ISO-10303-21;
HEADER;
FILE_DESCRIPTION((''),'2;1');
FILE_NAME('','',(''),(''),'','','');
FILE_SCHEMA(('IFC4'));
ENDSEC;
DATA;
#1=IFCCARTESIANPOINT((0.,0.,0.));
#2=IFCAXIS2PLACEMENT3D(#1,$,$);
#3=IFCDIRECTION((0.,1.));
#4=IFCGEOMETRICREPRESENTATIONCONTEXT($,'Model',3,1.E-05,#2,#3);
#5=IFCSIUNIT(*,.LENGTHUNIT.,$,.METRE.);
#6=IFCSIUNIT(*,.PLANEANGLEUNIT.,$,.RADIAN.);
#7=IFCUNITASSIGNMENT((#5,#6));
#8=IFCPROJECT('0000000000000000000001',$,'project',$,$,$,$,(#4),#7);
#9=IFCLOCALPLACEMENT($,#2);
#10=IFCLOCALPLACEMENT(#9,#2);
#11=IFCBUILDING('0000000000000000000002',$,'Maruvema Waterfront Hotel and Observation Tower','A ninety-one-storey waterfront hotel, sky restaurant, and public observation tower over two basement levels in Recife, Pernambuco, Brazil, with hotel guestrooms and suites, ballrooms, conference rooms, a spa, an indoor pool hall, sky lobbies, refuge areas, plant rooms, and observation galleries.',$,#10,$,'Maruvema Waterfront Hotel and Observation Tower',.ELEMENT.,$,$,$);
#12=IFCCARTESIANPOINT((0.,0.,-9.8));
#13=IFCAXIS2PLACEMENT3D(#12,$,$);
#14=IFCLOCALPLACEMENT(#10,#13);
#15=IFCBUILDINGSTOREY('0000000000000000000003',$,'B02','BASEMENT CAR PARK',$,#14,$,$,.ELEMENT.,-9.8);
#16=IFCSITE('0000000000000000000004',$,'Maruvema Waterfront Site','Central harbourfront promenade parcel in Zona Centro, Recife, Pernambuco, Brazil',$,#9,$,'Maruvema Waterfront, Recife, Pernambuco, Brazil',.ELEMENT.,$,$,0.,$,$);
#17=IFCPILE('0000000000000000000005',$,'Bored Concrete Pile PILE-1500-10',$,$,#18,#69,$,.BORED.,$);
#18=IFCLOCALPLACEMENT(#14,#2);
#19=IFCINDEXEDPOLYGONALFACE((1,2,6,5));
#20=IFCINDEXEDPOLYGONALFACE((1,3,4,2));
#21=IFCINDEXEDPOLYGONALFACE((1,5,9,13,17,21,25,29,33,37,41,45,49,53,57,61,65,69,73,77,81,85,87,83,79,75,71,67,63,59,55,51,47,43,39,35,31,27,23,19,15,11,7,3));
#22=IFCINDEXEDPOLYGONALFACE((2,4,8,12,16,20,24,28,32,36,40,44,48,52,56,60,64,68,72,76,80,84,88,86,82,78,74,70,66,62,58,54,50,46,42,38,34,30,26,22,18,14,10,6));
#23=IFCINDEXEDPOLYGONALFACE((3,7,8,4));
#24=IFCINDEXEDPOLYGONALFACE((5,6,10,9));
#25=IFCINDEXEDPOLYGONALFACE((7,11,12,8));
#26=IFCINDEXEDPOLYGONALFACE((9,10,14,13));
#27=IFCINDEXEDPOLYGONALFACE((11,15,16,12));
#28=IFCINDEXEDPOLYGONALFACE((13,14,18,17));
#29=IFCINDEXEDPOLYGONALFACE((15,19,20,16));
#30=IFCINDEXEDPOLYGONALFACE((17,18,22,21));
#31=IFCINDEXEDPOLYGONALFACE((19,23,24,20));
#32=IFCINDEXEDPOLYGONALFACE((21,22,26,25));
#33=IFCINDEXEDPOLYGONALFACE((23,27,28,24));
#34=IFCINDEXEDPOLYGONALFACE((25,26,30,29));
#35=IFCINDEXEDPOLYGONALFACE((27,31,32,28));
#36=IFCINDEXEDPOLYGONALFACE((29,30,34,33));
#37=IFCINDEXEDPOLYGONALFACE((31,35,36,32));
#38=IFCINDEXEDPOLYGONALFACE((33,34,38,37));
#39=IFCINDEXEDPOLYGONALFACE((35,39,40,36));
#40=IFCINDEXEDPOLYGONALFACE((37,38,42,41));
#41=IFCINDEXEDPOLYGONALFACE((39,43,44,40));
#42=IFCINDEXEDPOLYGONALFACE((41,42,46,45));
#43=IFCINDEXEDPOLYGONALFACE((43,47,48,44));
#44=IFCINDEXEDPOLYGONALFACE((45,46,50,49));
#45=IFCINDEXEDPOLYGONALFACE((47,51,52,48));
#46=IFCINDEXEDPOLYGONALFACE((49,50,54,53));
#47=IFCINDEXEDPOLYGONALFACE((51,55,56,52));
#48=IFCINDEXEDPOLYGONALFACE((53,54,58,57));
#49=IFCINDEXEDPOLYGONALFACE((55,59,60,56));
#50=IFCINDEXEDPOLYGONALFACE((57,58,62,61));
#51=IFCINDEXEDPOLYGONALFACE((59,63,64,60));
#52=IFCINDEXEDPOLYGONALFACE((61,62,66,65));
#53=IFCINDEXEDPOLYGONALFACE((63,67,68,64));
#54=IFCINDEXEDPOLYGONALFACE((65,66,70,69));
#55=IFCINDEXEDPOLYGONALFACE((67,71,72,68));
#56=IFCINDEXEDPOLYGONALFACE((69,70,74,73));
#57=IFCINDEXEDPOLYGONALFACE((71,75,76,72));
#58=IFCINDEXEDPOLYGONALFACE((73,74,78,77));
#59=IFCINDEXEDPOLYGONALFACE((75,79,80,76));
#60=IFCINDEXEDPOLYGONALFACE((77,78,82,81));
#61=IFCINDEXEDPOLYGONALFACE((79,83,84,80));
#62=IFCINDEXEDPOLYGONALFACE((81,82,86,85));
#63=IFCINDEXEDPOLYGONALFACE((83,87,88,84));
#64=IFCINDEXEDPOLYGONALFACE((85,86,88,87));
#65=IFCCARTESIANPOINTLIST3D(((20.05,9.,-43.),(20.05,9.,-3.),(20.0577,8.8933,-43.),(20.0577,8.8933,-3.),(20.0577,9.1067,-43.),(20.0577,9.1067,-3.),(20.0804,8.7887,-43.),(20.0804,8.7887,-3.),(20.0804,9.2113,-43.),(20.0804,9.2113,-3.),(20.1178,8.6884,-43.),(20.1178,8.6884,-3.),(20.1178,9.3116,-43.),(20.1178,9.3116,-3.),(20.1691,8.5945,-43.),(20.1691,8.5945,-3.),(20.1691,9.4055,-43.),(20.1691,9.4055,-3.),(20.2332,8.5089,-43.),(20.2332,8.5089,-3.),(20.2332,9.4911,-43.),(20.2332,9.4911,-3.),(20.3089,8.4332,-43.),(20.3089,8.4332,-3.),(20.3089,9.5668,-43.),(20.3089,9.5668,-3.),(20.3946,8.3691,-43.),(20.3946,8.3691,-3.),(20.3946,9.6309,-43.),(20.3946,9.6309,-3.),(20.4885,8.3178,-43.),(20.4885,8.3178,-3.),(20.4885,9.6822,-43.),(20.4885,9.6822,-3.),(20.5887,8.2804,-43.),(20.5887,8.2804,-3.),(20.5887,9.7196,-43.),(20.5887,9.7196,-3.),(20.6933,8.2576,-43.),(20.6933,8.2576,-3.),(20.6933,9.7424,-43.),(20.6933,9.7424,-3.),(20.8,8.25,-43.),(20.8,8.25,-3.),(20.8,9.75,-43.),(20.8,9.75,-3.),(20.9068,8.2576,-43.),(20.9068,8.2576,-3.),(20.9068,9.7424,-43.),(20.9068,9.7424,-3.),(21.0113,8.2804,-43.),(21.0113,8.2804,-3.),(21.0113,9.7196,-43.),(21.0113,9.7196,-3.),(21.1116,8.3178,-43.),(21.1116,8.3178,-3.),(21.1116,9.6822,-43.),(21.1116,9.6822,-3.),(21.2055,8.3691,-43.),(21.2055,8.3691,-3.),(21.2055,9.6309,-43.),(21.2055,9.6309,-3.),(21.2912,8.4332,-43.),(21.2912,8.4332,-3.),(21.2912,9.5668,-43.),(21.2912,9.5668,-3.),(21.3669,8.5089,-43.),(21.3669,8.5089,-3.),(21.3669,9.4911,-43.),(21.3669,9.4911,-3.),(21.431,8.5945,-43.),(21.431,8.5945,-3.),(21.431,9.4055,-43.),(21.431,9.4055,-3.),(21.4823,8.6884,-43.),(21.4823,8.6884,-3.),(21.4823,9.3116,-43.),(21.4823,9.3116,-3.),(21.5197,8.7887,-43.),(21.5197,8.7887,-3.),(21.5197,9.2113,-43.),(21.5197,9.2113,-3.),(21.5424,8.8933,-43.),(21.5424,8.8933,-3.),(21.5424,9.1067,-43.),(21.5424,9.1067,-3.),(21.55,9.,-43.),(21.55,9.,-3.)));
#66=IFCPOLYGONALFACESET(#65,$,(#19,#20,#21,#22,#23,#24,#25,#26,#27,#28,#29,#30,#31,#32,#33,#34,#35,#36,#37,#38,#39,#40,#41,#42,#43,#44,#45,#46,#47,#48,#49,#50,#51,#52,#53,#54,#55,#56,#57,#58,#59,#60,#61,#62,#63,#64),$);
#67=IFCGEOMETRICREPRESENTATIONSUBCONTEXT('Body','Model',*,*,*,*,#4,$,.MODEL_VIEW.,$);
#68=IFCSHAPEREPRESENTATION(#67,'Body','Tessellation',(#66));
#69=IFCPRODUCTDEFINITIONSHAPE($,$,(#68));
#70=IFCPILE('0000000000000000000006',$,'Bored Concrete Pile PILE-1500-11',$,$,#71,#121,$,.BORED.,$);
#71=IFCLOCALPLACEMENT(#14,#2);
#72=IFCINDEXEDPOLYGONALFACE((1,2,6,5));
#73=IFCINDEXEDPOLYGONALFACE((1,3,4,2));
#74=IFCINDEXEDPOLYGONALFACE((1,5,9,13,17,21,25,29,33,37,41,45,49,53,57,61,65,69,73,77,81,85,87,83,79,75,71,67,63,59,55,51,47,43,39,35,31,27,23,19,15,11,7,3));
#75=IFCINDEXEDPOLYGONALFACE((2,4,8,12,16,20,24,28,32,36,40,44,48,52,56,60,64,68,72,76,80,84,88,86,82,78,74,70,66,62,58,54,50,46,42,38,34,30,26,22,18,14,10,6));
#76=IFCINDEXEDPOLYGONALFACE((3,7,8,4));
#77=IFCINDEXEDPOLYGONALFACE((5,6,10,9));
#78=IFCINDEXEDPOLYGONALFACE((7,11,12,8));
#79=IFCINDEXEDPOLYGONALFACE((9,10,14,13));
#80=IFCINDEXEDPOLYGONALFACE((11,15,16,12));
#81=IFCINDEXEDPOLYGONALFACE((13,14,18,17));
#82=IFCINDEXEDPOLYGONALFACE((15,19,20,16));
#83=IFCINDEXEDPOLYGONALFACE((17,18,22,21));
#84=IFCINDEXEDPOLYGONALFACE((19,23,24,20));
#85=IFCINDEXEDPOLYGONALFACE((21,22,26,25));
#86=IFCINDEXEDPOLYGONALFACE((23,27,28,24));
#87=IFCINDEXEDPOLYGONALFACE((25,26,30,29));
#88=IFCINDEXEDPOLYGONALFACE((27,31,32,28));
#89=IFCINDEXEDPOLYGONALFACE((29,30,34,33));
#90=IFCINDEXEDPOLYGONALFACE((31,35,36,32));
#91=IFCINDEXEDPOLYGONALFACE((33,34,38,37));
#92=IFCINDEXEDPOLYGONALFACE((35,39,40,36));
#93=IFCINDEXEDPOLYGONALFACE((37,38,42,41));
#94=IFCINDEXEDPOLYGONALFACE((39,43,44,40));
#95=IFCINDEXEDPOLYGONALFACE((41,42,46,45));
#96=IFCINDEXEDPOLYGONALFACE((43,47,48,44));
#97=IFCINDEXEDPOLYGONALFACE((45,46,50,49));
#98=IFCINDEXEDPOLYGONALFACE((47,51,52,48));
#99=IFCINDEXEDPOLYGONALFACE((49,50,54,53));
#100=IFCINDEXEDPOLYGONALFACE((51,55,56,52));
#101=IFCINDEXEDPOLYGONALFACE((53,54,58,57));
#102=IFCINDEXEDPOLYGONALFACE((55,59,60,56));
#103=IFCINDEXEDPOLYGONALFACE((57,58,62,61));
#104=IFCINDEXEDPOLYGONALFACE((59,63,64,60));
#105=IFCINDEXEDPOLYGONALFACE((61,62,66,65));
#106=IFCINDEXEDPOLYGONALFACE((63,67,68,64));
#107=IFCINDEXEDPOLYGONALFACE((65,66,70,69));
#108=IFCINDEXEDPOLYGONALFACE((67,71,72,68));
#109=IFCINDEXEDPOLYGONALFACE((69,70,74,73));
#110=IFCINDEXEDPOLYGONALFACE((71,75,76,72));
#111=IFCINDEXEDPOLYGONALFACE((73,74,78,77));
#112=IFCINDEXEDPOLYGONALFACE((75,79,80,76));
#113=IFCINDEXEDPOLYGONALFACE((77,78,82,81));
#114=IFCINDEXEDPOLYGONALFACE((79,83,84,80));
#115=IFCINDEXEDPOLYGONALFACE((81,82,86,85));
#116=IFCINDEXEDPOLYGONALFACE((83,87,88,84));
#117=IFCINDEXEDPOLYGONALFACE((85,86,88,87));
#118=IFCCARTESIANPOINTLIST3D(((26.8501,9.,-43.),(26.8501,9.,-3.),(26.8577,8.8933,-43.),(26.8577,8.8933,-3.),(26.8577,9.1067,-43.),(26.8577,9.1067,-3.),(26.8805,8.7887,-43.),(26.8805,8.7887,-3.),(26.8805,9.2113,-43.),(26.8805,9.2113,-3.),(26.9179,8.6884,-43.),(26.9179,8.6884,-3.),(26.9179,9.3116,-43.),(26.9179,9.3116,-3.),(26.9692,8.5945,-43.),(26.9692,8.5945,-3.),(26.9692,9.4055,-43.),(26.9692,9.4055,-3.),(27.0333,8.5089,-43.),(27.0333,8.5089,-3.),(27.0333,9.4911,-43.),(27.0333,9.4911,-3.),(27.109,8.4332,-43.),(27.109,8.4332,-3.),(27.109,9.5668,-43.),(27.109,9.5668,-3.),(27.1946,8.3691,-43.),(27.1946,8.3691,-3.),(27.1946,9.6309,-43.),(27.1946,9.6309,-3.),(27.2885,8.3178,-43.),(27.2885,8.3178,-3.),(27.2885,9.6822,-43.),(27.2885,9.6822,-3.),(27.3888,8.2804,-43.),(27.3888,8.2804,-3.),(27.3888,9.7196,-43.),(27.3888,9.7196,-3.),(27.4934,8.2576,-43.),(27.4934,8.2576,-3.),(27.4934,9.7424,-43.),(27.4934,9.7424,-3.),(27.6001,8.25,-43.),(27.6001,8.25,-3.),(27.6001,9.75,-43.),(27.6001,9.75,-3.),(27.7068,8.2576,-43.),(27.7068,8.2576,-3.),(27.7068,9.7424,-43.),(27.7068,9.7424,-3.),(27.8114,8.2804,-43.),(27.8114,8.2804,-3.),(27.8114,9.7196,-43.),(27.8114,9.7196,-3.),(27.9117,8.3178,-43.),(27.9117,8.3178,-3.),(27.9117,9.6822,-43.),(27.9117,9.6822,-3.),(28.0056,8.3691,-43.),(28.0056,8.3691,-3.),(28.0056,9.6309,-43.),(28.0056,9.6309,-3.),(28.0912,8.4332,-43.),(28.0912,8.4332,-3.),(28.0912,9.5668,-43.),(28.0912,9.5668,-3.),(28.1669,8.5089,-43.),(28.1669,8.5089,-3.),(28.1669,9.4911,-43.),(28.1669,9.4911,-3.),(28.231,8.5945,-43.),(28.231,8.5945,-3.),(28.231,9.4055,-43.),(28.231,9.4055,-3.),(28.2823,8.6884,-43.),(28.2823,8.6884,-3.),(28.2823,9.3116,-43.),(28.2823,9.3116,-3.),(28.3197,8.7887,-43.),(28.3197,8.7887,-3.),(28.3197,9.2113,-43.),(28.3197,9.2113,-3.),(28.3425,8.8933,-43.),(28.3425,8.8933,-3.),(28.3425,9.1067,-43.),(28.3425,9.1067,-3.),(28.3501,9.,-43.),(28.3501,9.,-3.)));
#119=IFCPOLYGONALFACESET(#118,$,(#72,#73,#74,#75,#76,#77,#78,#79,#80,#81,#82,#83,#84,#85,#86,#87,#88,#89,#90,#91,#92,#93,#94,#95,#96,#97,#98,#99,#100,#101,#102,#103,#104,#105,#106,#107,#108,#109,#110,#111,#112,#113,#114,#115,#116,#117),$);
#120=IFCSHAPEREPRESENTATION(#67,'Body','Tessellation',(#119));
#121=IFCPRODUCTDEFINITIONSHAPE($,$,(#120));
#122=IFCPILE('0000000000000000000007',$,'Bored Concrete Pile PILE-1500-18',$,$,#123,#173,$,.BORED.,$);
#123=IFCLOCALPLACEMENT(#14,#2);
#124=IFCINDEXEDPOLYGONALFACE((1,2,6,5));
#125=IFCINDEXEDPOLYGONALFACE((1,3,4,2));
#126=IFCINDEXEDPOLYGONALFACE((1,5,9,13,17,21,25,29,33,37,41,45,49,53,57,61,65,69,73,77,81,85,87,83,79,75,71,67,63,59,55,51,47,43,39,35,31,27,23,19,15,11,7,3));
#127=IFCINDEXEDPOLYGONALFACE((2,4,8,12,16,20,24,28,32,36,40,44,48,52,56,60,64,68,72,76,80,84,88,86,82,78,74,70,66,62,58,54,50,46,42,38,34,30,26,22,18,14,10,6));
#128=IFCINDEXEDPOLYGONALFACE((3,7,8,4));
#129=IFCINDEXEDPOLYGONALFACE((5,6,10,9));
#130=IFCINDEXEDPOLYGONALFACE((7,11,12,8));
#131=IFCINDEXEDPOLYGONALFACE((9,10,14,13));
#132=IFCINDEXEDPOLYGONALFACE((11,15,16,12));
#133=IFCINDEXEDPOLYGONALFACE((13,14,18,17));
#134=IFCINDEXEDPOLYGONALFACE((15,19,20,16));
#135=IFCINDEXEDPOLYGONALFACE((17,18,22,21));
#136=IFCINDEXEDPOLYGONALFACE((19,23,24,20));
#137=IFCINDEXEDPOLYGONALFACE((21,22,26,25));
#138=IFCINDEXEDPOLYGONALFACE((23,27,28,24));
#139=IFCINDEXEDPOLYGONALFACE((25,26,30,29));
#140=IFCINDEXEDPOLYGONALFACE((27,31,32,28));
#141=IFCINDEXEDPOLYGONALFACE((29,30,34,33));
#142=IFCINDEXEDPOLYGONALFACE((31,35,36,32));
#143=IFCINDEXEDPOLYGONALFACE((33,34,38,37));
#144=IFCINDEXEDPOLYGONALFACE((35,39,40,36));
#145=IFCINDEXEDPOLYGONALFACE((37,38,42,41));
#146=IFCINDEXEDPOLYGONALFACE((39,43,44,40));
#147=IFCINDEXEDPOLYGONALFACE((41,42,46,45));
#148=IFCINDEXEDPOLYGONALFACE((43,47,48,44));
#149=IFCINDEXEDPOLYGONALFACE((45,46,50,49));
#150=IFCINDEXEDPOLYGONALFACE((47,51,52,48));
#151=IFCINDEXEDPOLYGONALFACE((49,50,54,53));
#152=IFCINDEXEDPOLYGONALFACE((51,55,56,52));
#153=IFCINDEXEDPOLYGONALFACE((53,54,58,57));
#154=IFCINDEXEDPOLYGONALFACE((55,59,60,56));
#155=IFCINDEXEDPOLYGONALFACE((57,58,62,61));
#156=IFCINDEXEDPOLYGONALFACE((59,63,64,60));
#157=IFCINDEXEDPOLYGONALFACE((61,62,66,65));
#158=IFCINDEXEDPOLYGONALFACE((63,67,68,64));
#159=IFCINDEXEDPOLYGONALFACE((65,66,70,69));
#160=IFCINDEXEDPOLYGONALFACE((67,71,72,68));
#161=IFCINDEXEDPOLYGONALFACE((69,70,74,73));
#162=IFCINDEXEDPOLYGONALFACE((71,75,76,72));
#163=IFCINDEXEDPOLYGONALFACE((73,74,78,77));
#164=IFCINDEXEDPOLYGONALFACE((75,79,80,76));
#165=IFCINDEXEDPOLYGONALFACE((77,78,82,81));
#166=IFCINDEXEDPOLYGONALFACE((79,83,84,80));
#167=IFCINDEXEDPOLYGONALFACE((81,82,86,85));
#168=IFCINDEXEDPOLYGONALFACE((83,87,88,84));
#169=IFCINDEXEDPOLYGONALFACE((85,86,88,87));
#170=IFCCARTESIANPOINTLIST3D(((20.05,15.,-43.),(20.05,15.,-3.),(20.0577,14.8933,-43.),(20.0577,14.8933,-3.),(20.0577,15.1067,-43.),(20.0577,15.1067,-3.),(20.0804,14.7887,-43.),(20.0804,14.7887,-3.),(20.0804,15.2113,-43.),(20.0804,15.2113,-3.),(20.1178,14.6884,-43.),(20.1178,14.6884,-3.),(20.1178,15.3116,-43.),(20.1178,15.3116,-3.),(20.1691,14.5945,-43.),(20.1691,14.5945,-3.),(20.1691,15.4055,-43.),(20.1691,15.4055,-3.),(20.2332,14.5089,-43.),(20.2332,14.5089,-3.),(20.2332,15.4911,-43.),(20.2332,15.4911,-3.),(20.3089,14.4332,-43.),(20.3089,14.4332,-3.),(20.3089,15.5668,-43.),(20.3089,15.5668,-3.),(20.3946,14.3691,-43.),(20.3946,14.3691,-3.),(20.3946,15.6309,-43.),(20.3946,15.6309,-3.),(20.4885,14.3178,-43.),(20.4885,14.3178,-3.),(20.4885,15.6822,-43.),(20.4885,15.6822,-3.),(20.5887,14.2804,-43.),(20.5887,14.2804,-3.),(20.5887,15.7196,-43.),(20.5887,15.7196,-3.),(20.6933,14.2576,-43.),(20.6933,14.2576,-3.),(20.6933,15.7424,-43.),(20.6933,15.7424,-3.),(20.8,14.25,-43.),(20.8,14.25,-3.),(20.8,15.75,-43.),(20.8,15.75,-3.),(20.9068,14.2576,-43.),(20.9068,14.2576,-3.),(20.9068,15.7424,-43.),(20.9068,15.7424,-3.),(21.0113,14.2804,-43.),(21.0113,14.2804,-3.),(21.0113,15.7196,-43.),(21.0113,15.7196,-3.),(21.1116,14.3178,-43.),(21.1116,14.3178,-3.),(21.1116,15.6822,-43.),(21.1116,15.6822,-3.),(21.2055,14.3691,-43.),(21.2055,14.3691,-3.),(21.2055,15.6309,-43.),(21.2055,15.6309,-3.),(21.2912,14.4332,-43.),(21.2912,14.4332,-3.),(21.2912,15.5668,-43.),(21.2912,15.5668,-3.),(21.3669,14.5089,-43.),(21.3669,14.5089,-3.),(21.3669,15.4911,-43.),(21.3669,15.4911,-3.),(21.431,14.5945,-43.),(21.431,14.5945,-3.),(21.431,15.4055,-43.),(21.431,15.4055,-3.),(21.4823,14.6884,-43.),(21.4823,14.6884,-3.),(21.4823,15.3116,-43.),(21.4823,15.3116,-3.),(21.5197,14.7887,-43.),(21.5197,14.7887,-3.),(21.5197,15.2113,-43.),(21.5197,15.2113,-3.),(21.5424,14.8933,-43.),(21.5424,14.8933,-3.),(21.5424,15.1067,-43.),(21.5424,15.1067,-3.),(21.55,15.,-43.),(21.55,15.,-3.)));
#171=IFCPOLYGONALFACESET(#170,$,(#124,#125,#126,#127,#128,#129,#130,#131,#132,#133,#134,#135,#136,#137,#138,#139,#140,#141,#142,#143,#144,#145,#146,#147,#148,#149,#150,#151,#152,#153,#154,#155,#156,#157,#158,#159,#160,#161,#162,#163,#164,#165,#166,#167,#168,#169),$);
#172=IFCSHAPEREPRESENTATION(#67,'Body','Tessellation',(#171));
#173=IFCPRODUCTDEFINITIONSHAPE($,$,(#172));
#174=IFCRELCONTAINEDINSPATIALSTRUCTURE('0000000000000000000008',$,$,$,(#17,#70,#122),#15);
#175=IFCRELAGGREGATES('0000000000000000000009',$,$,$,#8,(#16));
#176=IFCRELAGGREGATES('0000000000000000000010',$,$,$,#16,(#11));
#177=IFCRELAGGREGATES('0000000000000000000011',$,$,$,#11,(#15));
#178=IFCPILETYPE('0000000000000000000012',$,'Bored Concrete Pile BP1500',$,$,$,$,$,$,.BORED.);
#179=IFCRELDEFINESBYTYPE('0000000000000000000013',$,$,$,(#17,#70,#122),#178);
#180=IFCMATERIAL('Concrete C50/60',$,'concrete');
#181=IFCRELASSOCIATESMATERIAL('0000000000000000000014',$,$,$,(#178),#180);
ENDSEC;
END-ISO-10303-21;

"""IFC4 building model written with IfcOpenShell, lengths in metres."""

from ifc_helpers import new_model, si_unit, direction, frame, origin, origin_2d, place, context, subcontext, project, spatial, circle, extrude, material, material_profile, profile_set, type_object, element, save


model = new_model("IFC4")

# Units and contexts
model_context = context("Model", 3, precision=1e-05, world=origin(), true_north=direction((0.0, 1.0)))
body_context = subcontext(model_context, "Body", "Model", "MODEL_VIEW")
ifc_project = project(units=[si_unit("LENGTHUNIT", "METRE"), si_unit("PLANEANGLEUNIT", "RADIAN")], contexts=[model_context])

# Site, building, storey
site_placement = place(None, origin())
site = spatial("IfcSite", under=ifc_project, at=site_placement, Name="Maruvema Waterfront Site", Description="Central harbourfront promenade parcel in Zona Centro, Recife, Pernambuco, Brazil", LongName="Maruvema Waterfront, Recife, Pernambuco, Brazil", CompositionType="ELEMENT", RefElevation=0.0)
building_placement = place(site_placement, origin())
building = spatial("IfcBuilding", under=site, at=building_placement, Name="Maruvema Waterfront Hotel and Observation Tower", Description="A ninety-one-storey waterfront hotel, sky restaurant, and public observation tower over two basement levels in Recife, Pernambuco, Brazil, with hotel guestrooms and suites, ballrooms, conference rooms, a spa, an indoor pool hall, sky lobbies, refuge areas, plant rooms, and observation galleries.", LongName="Maruvema Waterfront Hotel and Observation Tower", CompositionType="ELEMENT")
storey_placement = place(building_placement, frame((0.0, 0.0, -9.8)))
storey = spatial("IfcBuildingStorey", under=building, at=storey_placement, Name="B02", Description="BASEMENT CAR PARK", CompositionType="ELEMENT", Elevation=-9.8)

# Piles
ifc_material_1 = material(Name="Concrete C50/60", Category="concrete")
ifc_material_profile_1 = material_profile(ifc_material_1, circle(Radius=0.75, at=origin_2d()), Name="BP1500")
ifc_profile_set_1 = profile_set([ifc_material_profile_1], Name="Concrete C50/60")
pile_type = type_object("IfcPileType", Name="Bored Concrete Pile BP1500", PredefinedType="BORED", material=ifc_profile_set_1)
for number, where, z_axis, x_axis, name in (
    (1, (20.8, 9.0, -3.0), (0.0, 0.0, -1.0), (1.0, 0.0, 0.0), "Bored Concrete Pile PILE-1500-10"),
    (2, (27.6001, 9.0, -3.0), (0.0, 0.0, -1.0), (1.0, 0.0, 0.0), "Bored Concrete Pile PILE-1500-11"),
    (3, (20.8, 15.0, -3.0), (0.0, 0.0, -1.0), (1.0, 0.0, 0.0), "Bored Concrete Pile PILE-1500-18"),
):
    element("IfcPile", number, at=place(storey_placement, frame(where, z_axis=z_axis, x_axis=x_axis)), inside=storey, type_object=pile_type, Name=name, PredefinedType="BORED", context=body_context, shape_type="SweptSolid", body=[
        extrude(circle(Radius=0.75, at=origin_2d()), origin(), (0.0, 0.0, 1.0), 40.0),
    ])

save(model, "model.ifc")
